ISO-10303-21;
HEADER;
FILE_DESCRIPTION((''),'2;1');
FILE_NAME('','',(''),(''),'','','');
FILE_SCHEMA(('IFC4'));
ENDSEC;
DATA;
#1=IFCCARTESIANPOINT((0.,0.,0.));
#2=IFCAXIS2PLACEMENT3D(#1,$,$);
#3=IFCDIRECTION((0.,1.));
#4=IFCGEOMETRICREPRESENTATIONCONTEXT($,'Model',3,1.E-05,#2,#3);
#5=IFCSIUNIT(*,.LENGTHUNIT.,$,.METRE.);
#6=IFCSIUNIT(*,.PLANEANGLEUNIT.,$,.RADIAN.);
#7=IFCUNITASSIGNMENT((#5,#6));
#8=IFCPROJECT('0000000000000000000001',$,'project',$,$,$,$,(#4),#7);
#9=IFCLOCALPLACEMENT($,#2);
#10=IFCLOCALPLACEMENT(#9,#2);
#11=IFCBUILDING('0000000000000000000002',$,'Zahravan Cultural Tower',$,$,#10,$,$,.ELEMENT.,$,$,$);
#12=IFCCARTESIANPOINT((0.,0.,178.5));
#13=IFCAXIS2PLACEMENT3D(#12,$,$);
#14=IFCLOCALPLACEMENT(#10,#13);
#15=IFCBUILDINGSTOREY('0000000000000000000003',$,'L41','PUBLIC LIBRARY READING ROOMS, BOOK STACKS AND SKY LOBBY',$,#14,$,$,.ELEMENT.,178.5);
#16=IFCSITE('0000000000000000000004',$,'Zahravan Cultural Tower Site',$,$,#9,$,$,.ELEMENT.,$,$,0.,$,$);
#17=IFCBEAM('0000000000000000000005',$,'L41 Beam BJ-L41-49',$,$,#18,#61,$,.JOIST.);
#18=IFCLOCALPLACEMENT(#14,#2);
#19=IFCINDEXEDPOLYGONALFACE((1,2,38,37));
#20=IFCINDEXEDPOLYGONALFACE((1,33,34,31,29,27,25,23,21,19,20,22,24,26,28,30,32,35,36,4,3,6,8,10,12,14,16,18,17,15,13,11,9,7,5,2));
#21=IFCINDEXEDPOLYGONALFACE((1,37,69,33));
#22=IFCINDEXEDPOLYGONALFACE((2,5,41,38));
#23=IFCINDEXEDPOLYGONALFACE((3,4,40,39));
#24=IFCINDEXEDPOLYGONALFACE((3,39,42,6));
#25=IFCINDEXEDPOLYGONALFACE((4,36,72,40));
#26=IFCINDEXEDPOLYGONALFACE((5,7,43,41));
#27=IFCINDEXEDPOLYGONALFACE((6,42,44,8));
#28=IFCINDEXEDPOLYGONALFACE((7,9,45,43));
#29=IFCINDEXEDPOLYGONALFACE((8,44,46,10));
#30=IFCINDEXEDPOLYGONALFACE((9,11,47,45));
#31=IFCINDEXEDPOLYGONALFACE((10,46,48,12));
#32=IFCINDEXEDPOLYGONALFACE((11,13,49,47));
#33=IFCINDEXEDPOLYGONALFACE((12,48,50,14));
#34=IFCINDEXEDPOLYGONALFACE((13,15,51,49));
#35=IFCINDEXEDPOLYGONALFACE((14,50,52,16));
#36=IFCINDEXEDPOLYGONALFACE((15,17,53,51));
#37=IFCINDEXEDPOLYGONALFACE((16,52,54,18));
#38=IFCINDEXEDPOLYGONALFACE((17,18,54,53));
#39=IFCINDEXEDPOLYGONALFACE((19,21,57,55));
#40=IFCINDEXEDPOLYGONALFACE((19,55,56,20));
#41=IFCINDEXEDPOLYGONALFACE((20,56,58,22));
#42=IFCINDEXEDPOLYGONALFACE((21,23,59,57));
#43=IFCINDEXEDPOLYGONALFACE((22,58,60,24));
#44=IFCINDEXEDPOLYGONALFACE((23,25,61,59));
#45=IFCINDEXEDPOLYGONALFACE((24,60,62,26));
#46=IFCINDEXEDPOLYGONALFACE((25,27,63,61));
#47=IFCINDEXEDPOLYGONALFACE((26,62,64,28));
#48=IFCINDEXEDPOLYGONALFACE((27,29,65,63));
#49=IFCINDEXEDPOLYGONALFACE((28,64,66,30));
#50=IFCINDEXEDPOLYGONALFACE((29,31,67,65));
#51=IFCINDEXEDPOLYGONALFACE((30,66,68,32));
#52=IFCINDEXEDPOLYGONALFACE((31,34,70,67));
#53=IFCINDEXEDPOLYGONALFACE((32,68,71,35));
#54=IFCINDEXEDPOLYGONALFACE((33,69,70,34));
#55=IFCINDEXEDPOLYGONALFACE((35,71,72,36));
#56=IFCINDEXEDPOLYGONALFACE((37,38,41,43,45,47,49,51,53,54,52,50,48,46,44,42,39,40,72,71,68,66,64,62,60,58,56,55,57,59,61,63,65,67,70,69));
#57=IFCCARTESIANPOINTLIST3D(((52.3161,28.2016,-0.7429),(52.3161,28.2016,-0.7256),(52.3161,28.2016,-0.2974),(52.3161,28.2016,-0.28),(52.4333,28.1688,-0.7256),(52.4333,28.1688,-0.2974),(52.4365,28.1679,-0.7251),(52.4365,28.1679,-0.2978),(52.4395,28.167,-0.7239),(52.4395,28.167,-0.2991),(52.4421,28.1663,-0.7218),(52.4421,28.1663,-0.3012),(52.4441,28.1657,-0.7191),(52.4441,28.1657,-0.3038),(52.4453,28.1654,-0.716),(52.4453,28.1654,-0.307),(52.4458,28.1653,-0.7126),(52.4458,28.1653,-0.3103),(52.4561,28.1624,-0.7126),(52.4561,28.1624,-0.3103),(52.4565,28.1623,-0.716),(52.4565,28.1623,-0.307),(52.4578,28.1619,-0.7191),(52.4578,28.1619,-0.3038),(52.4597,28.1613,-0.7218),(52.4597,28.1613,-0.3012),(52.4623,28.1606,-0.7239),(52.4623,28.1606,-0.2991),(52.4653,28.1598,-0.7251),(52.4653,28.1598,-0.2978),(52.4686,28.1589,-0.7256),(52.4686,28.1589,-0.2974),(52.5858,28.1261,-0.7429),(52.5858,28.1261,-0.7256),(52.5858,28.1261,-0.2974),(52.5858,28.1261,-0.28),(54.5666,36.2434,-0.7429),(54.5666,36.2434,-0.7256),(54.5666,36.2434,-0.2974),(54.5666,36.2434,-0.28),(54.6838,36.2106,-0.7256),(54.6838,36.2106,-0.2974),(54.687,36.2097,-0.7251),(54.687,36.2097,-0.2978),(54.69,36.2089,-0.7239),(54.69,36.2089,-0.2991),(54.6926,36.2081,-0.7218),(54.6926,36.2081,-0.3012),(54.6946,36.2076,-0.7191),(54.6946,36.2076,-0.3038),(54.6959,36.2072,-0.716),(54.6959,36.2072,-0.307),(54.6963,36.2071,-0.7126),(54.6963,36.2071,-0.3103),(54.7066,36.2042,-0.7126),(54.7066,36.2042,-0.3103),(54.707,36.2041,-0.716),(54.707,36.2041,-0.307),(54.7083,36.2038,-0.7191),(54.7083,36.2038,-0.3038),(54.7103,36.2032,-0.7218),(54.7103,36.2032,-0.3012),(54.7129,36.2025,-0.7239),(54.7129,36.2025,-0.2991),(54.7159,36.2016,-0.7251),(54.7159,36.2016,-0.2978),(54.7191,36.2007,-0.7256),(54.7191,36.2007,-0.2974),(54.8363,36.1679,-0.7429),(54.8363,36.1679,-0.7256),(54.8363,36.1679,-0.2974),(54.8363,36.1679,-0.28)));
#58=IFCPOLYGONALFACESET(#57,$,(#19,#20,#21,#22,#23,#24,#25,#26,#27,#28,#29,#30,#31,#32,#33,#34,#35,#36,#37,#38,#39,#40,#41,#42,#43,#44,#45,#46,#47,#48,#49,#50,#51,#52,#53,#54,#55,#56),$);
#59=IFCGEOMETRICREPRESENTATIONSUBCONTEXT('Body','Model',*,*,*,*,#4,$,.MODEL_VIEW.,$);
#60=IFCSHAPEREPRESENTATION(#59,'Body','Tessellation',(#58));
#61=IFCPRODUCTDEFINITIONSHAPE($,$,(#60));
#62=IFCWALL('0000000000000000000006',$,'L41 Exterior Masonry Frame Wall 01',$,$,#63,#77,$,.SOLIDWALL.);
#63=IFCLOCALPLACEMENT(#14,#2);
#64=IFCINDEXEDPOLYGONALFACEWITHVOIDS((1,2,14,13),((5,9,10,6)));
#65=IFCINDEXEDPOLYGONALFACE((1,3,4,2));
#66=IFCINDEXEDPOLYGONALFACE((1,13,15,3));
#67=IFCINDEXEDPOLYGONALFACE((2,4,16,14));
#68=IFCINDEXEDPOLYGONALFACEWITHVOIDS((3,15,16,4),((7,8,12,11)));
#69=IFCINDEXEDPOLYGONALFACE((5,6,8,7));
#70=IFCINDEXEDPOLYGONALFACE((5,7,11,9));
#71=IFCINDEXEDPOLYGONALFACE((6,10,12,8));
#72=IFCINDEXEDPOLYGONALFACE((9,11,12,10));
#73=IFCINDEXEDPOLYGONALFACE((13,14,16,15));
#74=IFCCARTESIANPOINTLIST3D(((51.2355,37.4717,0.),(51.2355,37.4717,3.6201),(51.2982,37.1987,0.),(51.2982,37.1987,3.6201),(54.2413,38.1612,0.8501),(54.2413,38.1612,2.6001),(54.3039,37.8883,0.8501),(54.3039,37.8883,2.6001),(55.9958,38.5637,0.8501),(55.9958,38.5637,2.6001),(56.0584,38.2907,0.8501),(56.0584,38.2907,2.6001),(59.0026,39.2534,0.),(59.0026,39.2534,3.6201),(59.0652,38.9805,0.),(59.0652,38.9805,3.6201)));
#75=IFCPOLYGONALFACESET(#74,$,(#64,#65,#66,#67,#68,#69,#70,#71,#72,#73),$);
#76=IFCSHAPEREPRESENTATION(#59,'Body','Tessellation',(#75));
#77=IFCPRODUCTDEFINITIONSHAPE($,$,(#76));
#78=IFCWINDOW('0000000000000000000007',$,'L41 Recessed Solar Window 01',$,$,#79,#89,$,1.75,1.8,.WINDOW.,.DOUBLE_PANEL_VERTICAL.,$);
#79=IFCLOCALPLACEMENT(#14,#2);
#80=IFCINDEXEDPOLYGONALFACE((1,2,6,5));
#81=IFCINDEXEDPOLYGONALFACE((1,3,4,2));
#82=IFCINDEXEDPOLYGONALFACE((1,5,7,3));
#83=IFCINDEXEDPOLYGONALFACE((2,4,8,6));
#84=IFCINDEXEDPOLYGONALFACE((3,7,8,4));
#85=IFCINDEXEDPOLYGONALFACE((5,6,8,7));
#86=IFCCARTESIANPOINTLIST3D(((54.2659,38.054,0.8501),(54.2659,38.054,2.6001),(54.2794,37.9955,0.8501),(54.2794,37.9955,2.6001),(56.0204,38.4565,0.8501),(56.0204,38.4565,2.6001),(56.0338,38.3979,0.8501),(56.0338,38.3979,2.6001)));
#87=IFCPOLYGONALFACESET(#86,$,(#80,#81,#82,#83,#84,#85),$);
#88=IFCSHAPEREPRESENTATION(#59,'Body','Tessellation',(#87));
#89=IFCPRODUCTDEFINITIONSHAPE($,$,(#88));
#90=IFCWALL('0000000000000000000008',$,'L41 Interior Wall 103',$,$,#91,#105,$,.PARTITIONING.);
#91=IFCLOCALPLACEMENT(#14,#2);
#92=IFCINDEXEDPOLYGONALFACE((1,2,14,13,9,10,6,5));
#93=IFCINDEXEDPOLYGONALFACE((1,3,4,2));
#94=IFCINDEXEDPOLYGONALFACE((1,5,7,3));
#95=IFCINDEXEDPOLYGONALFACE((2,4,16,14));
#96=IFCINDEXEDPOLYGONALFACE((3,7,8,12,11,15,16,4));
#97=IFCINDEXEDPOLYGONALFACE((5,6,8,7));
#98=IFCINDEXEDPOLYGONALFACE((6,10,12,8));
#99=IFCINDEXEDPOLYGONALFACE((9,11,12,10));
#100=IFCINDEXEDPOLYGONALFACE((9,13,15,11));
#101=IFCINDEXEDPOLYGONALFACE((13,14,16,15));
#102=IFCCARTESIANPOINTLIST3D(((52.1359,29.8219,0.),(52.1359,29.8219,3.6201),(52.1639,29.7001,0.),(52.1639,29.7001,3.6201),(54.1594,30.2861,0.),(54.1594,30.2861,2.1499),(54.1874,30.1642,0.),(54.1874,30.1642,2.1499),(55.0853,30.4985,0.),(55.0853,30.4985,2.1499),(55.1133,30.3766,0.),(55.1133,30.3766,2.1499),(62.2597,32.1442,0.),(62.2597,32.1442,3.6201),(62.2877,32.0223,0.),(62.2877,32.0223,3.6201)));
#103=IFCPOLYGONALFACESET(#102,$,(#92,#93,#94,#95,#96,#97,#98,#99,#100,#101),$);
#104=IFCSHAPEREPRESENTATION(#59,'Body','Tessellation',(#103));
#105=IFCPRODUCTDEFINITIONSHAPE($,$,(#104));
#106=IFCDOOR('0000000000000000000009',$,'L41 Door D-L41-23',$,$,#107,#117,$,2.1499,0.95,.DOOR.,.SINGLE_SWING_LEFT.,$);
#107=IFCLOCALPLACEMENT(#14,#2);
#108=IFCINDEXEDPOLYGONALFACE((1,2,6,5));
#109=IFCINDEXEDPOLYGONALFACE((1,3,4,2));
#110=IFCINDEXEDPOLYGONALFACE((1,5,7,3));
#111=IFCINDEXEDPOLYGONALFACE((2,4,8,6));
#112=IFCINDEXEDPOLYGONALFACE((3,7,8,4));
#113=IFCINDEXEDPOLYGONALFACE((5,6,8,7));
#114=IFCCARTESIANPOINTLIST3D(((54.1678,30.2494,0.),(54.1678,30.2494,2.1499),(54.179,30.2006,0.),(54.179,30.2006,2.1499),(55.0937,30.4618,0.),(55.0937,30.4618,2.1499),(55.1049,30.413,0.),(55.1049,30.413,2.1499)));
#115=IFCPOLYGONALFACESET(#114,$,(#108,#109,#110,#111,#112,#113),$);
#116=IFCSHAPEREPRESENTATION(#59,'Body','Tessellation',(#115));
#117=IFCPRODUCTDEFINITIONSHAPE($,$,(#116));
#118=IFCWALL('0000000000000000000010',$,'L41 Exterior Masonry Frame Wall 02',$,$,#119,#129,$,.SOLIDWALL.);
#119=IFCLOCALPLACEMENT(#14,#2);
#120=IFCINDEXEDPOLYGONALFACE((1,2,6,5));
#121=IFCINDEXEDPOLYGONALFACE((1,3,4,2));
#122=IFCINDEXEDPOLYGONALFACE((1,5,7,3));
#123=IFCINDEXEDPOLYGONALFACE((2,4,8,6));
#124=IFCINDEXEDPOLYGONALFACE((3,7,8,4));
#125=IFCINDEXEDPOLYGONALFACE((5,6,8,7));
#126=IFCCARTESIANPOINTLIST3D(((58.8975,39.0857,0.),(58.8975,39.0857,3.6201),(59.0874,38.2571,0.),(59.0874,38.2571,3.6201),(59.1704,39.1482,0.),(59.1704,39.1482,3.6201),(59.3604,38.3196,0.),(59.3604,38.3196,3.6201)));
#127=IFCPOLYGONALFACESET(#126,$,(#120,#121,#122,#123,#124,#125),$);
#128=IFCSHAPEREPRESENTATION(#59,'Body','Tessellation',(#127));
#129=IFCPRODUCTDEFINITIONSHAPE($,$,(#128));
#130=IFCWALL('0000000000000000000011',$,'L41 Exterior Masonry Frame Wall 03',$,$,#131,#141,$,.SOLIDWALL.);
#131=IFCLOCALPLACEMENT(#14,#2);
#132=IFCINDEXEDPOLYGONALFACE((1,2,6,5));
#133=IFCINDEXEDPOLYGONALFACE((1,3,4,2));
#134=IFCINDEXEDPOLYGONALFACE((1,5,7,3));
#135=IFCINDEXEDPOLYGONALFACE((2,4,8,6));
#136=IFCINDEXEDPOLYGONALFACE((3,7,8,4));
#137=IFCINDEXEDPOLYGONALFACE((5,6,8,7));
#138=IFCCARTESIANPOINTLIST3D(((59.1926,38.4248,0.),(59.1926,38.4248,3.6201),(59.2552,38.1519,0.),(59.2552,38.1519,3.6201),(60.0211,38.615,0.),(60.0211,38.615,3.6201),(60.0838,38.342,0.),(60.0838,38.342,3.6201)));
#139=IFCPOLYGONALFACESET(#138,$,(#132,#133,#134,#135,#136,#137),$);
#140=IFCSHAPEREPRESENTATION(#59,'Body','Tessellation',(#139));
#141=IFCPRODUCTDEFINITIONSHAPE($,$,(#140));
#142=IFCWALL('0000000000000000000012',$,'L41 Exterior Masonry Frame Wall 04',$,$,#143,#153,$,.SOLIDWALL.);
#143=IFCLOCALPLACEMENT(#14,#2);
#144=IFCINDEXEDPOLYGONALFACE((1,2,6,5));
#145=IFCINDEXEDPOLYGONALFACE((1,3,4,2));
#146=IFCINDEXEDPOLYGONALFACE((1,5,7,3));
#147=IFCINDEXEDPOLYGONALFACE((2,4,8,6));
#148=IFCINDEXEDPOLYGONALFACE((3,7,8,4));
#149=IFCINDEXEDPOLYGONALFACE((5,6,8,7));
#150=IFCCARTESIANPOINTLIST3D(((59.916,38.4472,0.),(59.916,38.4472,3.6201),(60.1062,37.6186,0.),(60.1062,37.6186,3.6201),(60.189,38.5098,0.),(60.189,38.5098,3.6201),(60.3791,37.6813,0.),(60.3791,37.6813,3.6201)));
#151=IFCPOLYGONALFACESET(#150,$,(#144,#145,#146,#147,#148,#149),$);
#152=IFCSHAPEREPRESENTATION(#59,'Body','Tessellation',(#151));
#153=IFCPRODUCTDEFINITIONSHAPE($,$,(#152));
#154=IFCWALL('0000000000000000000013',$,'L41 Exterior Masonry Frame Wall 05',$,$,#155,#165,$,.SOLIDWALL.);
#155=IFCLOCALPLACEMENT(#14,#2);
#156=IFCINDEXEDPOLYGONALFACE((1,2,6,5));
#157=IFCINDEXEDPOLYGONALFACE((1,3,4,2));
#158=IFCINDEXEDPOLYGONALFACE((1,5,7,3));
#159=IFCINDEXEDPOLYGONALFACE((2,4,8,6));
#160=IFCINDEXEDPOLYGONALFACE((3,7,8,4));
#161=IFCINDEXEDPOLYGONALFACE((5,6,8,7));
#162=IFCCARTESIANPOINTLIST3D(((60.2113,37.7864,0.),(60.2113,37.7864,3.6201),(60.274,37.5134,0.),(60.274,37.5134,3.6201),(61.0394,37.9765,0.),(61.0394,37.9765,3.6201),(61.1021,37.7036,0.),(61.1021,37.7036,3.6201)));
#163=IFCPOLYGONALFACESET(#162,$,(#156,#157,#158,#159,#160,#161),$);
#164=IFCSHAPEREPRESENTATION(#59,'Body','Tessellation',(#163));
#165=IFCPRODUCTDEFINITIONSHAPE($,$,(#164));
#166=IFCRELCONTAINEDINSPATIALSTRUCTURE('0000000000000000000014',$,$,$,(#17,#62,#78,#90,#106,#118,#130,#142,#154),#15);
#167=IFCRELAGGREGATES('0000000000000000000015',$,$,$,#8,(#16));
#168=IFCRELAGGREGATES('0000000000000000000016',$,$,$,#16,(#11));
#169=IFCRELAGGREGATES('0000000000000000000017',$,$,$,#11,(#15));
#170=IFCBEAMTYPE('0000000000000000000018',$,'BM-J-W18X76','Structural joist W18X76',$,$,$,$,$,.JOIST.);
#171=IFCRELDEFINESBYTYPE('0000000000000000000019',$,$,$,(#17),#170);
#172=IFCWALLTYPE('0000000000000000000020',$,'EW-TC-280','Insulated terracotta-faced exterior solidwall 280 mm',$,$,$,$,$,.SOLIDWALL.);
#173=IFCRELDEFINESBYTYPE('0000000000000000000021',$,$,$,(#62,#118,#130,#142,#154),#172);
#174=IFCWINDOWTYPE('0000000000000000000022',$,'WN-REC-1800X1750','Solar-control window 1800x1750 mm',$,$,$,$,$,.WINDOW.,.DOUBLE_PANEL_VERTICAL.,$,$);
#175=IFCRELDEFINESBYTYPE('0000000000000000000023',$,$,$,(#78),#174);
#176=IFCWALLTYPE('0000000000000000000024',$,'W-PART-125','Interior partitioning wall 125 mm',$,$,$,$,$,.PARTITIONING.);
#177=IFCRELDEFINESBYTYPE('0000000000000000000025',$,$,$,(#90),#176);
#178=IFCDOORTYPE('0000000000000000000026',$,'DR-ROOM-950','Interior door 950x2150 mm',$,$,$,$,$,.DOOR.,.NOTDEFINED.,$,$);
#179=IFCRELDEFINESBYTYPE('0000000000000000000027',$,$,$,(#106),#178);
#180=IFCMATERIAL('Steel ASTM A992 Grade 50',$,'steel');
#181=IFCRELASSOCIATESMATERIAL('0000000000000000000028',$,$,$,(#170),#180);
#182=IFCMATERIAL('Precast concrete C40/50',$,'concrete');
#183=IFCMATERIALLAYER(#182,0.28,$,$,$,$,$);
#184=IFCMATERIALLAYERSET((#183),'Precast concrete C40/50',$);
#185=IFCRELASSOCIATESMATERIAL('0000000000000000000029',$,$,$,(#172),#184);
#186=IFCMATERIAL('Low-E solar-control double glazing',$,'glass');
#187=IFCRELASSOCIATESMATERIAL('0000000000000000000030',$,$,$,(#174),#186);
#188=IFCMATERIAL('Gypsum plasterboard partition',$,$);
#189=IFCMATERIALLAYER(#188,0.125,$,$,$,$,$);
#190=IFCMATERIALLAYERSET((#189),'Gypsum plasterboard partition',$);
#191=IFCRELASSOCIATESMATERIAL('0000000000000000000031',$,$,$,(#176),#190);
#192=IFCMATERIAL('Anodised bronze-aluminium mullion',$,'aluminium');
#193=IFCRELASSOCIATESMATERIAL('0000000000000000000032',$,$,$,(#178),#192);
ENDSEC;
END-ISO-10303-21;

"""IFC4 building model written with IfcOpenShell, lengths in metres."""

from ifc_helpers import new_model, si_unit, direction, frame, frame_2d, origin, origin_2d, place, context, subcontext, project, spatial, rectangle, i_section, extrude, source, transform, mapped, material, layer, layer_set, material_profile, profile_set, type_object, element, fill, save


model = new_model("IFC4")

# Units and contexts
model_context = context("Model", 3, precision=1e-05, world=origin(), true_north=direction((0.0, 1.0)))
body_context = subcontext(model_context, "Body", "Model", "MODEL_VIEW")
ifc_project = project(units=[si_unit("LENGTHUNIT", "METRE"), si_unit("PLANEANGLEUNIT", "RADIAN")], contexts=[model_context])

# Site, building, storey
site_placement = place(None, origin())
site = spatial("IfcSite", under=ifc_project, at=site_placement, Name="Zahravan Cultural Tower Site", CompositionType="ELEMENT", RefElevation=0.0)
building_placement = place(site_placement, origin())
building = spatial("IfcBuilding", under=site, at=building_placement, Name="Zahravan Cultural Tower", CompositionType="ELEMENT")
storey_placement = place(building_placement, frame((0.0, 0.0, 178.5)))
storey = spatial("IfcBuildingStorey", under=building, at=storey_placement, Name="L41", Description="PUBLIC LIBRARY READING ROOMS, BOOK STACKS AND SKY LOBBY", CompositionType="ELEMENT", Elevation=178.5)

# Shared definitions
ifc_material_1 = material(Name="Steel ASTM A992 Grade 50", Category="steel")

# Beam
ifc_material_profile_1 = material_profile(ifc_material_1, i_section(OverallWidth=0.28, OverallDepth=0.4629, WebThickness=0.0107, FlangeThickness=0.0173, FilletRadius=0.0129, at=origin_2d()), Name="W18X76")
ifc_profile_set_1 = profile_set([ifc_material_profile_1], Name="Steel ASTM A992 Grade 50")
beam_type_1 = type_object("IfcBeamType", Name="BM-J-W18X76", Description="Structural joist W18X76", PredefinedType="JOIST", material=ifc_profile_set_1)
shared_shape_1 = source(origin(), body_context, "Body", "SweptSolid", [
    extrude(i_section(OverallWidth=0.28, OverallDepth=0.4629, WebThickness=0.0107, FlangeThickness=0.0173, FilletRadius=0.0129, at=origin_2d()), origin(), (0.0, 0.0, 1.0), 8.3508),
])
beam_1_placement = place(storey_placement, frame((52.4509, 28.1638, -0.5115), z_axis=(0.269497, 0.963001, 0.0), x_axis=(-0.963001, 0.269497, 0.0)))
element("IfcBeam", 1, at=beam_1_placement, inside=storey, type_object=beam_type_1, Name="L41 Beam BJ-L41-49", PredefinedType="JOIST", context=body_context, shape_type="MappedRepresentation", body=[
    mapped(shared_shape_1, transform((0.0, 0.0, 0.0), x_axis=(1.0, 0.0, 0.0), y_axis=(0.0, 1.0, 0.0), z_axis=(0.0, 0.0, 1.0), scale=1.0)),
])

# Wall, opening, window
ifc_material_2 = material(Name="Precast concrete C40/50", Category="concrete")
ifc_layer_1 = layer(ifc_material_2, 0.28)
ifc_layer_set_1 = layer_set([ifc_layer_1], Name="Precast concrete C40/50")
wall_type_1 = type_object("IfcWallType", Name="EW-TC-280", Description="Insulated terracotta-faced exterior solidwall 280 mm", PredefinedType="SOLIDWALL", material=ifc_layer_set_1)
wall_1_placement = place(storey_placement, frame((51.2668, 37.3352, 0.0), z_axis=(0.0, 0.0, 1.0), x_axis=(0.974684, 0.223588, 0.0)))
wall_1 = element("IfcWall", 2, at=wall_1_placement, inside=storey, type_object=wall_type_1, Name="L41 Exterior Masonry Frame Wall 01", PredefinedType="SOLIDWALL", context=body_context, shape_type="SweptSolid", body=[
    extrude(rectangle(XDim=7.9688, YDim=0.28, at=frame_2d((3.9844, 0.0))), origin(), (0.0, 0.0, 1.0), 3.6201),
])
opening_1_placement = place(wall_1_placement, frame((3.084, 0.0, 0.8501)))
opening_1 = element("IfcOpeningElement", 3, at=opening_1_placement, cuts=wall_1, PredefinedType="OPENING", context=body_context, shape_type="SweptSolid", body=[
    extrude(rectangle(XDim=1.8, YDim=1.75, at=frame_2d((0.8999, 0.875))), frame((0.0, 0.1499, 0.0), z_axis=(0.0, -1.0, 0.0), x_axis=(1.0, 0.0, 0.0)), (0.0, 0.0, 1.0), 0.3),
])
ifc_material_3 = material(Name="Low-E solar-control double glazing", Category="glass")
window_type = type_object("IfcWindowType", Name="WN-REC-1800X1750", Description="Solar-control window 1800x1750 mm", PartitioningType="DOUBLE_PANEL_VERTICAL", PredefinedType="WINDOW", material=ifc_material_3)
shared_shape_2 = source(origin(), body_context, "Body", "SweptSolid", [
    extrude(rectangle(XDim=1.8, YDim=1.75, at=frame_2d((0.8999, 0.875))), frame((0.0, 0.03, 0.0), z_axis=(0.0, -1.0, 0.0), x_axis=(1.0, 0.0, 0.0)), (0.0, 0.0, 1.0), 0.0601),
])
window_placement = place(opening_1_placement, origin())
window = element("IfcWindow", 4, at=window_placement, inside=storey, type_object=window_type, Name="L41 Recessed Solar Window 01", OverallHeight=1.75, OverallWidth=1.8, PartitioningType="DOUBLE_PANEL_VERTICAL", PredefinedType="WINDOW", context=body_context, shape_type="MappedRepresentation", body=[
    mapped(shared_shape_2, transform((0.0, 0.0, 0.0), x_axis=(1.0, 0.0, 0.0), y_axis=(0.0, 1.0, 0.0), z_axis=(0.0, 0.0, 1.0), scale=1.0)),
])
fill(opening_1, window)

# Wall, opening, door
ifc_material_4 = material(Name="Gypsum plasterboard partition")
ifc_layer_2 = layer(ifc_material_4, 0.125)
ifc_layer_set_2 = layer_set([ifc_layer_2], Name="Gypsum plasterboard partition")
wall_type_2 = type_object("IfcWallType", Name="W-PART-125", Description="Interior partitioning wall 125 mm", PredefinedType="PARTITIONING", material=ifc_layer_set_2)
wall_2_placement = place(storey_placement, frame((52.1499, 29.761, 0.0), z_axis=(0.0, 0.0, 1.0), x_axis=(0.974685, 0.22358, 0.0)))
wall_2 = element("IfcWall", 5, at=wall_2_placement, inside=storey, type_object=wall_type_2, Name="L41 Interior Wall 103", PredefinedType="PARTITIONING", context=body_context, shape_type="SweptSolid", body=[
    extrude(rectangle(XDim=10.3867, YDim=0.125, at=frame_2d((5.1934, 0.0))), origin(), (0.0, 0.0, 1.0), 3.6201),
])
opening_2_placement = place(wall_2_placement, frame((2.0759, 0.0, 0.0)))
opening_2 = element("IfcOpeningElement", 6, at=opening_2_placement, cuts=wall_2, PredefinedType="OPENING", context=body_context, shape_type="SweptSolid", body=[
    extrude(rectangle(XDim=0.95, YDim=2.1499, at=frame_2d((0.4751, 1.075))), frame((0.0, 0.0725, 0.0), z_axis=(0.0, -1.0, 0.0), x_axis=(1.0, 0.0, 0.0)), (0.0, 0.0, 1.0), 0.145),
])
ifc_material_5 = material(Name="Anodised bronze-aluminium mullion", Category="aluminium")
door_type = type_object("IfcDoorType", Name="DR-ROOM-950", Description="Interior door 950x2150 mm", OperationType="NOTDEFINED", PredefinedType="DOOR", material=ifc_material_5)
shared_shape_3 = source(origin(), body_context, "Body", "SweptSolid", [
    extrude(rectangle(XDim=0.95, YDim=2.1499, at=frame_2d((0.4751, 1.075))), frame((0.0, 0.0249, 0.0), z_axis=(0.0, -1.0, 0.0), x_axis=(1.0, 0.0, 0.0)), (0.0, 0.0, 1.0), 0.05),
])
door_placement = place(opening_2_placement, origin())
door = element("IfcDoor", 7, at=door_placement, inside=storey, type_object=door_type, Name="L41 Door D-L41-23", OperationType="SINGLE_SWING_LEFT", OverallHeight=2.1499, OverallWidth=0.95, PredefinedType="DOOR", context=body_context, shape_type="MappedRepresentation", body=[
    mapped(shared_shape_3, transform((0.0, 0.0, 0.0), x_axis=(1.0, 0.0, 0.0), y_axis=(0.0, 1.0, 0.0), z_axis=(0.0, 0.0, 1.0), scale=1.0)),
])
fill(opening_2, door)

# Walls
shared_shape_4 = source(origin(), body_context, "Body", "SweptSolid", [
    extrude(rectangle(XDim=0.8501, YDim=0.28, at=frame_2d((0.425, 0.0))), origin(), (0.0, 0.0, 1.0), 3.6201),
])
for number, where, z_axis, x_axis, name in (
    (8, (59.0339, 39.1169, 0.0), (0.0, 0.0, 1.0), (0.223433, -0.974719, 0.0), "L41 Exterior Masonry Frame Wall 02"),
    (9, (59.2239, 38.2883, 0.0), (0.0, 0.0, 1.0), (0.974657, 0.223706, 0.0), "L41 Exterior Masonry Frame Wall 03"),
    (10, (60.0525, 38.4785, 0.0), (0.0, 0.0, 1.0), (0.223706, -0.974657, 0.0), "L41 Exterior Masonry Frame Wall 04"),
):
    element("IfcWall", number, at=place(storey_placement, frame(where, z_axis=z_axis, x_axis=x_axis)), inside=storey, type_object=wall_type_1, Name=name, PredefinedType="SOLIDWALL", context=body_context, shape_type="MappedRepresentation", body=[
        mapped(shared_shape_4, transform((0.0, 0.0, 0.0), x_axis=(1.0, 0.0, 0.0), y_axis=(0.0, 1.0, 0.0), z_axis=(0.0, 0.0, 1.0), scale=1.0)),
    ])
shared_shape_5 = source(origin(), body_context, "Body", "SweptSolid", [
    extrude(rectangle(XDim=0.8496, YDim=0.28, at=frame_2d((0.4248, 0.0))), origin(), (0.0, 0.0, 1.0), 3.6201),
])
wall_3_placement = place(storey_placement, frame((60.2427, 37.6499, 0.0), z_axis=(0.0, 0.0, 1.0), x_axis=(0.974628, 0.223831, 0.0)))
element("IfcWall", 11, at=wall_3_placement, inside=storey, type_object=wall_type_1, Name="L41 Exterior Masonry Frame Wall 05", PredefinedType="SOLIDWALL", context=body_context, shape_type="MappedRepresentation", body=[
    mapped(shared_shape_5, transform((0.0, 0.0, 0.0), x_axis=(1.0, 0.0, 0.0), y_axis=(0.0, 1.0, 0.0), z_axis=(0.0, 0.0, 1.0), scale=1.0)),
])

save(model, "model.ifc")
